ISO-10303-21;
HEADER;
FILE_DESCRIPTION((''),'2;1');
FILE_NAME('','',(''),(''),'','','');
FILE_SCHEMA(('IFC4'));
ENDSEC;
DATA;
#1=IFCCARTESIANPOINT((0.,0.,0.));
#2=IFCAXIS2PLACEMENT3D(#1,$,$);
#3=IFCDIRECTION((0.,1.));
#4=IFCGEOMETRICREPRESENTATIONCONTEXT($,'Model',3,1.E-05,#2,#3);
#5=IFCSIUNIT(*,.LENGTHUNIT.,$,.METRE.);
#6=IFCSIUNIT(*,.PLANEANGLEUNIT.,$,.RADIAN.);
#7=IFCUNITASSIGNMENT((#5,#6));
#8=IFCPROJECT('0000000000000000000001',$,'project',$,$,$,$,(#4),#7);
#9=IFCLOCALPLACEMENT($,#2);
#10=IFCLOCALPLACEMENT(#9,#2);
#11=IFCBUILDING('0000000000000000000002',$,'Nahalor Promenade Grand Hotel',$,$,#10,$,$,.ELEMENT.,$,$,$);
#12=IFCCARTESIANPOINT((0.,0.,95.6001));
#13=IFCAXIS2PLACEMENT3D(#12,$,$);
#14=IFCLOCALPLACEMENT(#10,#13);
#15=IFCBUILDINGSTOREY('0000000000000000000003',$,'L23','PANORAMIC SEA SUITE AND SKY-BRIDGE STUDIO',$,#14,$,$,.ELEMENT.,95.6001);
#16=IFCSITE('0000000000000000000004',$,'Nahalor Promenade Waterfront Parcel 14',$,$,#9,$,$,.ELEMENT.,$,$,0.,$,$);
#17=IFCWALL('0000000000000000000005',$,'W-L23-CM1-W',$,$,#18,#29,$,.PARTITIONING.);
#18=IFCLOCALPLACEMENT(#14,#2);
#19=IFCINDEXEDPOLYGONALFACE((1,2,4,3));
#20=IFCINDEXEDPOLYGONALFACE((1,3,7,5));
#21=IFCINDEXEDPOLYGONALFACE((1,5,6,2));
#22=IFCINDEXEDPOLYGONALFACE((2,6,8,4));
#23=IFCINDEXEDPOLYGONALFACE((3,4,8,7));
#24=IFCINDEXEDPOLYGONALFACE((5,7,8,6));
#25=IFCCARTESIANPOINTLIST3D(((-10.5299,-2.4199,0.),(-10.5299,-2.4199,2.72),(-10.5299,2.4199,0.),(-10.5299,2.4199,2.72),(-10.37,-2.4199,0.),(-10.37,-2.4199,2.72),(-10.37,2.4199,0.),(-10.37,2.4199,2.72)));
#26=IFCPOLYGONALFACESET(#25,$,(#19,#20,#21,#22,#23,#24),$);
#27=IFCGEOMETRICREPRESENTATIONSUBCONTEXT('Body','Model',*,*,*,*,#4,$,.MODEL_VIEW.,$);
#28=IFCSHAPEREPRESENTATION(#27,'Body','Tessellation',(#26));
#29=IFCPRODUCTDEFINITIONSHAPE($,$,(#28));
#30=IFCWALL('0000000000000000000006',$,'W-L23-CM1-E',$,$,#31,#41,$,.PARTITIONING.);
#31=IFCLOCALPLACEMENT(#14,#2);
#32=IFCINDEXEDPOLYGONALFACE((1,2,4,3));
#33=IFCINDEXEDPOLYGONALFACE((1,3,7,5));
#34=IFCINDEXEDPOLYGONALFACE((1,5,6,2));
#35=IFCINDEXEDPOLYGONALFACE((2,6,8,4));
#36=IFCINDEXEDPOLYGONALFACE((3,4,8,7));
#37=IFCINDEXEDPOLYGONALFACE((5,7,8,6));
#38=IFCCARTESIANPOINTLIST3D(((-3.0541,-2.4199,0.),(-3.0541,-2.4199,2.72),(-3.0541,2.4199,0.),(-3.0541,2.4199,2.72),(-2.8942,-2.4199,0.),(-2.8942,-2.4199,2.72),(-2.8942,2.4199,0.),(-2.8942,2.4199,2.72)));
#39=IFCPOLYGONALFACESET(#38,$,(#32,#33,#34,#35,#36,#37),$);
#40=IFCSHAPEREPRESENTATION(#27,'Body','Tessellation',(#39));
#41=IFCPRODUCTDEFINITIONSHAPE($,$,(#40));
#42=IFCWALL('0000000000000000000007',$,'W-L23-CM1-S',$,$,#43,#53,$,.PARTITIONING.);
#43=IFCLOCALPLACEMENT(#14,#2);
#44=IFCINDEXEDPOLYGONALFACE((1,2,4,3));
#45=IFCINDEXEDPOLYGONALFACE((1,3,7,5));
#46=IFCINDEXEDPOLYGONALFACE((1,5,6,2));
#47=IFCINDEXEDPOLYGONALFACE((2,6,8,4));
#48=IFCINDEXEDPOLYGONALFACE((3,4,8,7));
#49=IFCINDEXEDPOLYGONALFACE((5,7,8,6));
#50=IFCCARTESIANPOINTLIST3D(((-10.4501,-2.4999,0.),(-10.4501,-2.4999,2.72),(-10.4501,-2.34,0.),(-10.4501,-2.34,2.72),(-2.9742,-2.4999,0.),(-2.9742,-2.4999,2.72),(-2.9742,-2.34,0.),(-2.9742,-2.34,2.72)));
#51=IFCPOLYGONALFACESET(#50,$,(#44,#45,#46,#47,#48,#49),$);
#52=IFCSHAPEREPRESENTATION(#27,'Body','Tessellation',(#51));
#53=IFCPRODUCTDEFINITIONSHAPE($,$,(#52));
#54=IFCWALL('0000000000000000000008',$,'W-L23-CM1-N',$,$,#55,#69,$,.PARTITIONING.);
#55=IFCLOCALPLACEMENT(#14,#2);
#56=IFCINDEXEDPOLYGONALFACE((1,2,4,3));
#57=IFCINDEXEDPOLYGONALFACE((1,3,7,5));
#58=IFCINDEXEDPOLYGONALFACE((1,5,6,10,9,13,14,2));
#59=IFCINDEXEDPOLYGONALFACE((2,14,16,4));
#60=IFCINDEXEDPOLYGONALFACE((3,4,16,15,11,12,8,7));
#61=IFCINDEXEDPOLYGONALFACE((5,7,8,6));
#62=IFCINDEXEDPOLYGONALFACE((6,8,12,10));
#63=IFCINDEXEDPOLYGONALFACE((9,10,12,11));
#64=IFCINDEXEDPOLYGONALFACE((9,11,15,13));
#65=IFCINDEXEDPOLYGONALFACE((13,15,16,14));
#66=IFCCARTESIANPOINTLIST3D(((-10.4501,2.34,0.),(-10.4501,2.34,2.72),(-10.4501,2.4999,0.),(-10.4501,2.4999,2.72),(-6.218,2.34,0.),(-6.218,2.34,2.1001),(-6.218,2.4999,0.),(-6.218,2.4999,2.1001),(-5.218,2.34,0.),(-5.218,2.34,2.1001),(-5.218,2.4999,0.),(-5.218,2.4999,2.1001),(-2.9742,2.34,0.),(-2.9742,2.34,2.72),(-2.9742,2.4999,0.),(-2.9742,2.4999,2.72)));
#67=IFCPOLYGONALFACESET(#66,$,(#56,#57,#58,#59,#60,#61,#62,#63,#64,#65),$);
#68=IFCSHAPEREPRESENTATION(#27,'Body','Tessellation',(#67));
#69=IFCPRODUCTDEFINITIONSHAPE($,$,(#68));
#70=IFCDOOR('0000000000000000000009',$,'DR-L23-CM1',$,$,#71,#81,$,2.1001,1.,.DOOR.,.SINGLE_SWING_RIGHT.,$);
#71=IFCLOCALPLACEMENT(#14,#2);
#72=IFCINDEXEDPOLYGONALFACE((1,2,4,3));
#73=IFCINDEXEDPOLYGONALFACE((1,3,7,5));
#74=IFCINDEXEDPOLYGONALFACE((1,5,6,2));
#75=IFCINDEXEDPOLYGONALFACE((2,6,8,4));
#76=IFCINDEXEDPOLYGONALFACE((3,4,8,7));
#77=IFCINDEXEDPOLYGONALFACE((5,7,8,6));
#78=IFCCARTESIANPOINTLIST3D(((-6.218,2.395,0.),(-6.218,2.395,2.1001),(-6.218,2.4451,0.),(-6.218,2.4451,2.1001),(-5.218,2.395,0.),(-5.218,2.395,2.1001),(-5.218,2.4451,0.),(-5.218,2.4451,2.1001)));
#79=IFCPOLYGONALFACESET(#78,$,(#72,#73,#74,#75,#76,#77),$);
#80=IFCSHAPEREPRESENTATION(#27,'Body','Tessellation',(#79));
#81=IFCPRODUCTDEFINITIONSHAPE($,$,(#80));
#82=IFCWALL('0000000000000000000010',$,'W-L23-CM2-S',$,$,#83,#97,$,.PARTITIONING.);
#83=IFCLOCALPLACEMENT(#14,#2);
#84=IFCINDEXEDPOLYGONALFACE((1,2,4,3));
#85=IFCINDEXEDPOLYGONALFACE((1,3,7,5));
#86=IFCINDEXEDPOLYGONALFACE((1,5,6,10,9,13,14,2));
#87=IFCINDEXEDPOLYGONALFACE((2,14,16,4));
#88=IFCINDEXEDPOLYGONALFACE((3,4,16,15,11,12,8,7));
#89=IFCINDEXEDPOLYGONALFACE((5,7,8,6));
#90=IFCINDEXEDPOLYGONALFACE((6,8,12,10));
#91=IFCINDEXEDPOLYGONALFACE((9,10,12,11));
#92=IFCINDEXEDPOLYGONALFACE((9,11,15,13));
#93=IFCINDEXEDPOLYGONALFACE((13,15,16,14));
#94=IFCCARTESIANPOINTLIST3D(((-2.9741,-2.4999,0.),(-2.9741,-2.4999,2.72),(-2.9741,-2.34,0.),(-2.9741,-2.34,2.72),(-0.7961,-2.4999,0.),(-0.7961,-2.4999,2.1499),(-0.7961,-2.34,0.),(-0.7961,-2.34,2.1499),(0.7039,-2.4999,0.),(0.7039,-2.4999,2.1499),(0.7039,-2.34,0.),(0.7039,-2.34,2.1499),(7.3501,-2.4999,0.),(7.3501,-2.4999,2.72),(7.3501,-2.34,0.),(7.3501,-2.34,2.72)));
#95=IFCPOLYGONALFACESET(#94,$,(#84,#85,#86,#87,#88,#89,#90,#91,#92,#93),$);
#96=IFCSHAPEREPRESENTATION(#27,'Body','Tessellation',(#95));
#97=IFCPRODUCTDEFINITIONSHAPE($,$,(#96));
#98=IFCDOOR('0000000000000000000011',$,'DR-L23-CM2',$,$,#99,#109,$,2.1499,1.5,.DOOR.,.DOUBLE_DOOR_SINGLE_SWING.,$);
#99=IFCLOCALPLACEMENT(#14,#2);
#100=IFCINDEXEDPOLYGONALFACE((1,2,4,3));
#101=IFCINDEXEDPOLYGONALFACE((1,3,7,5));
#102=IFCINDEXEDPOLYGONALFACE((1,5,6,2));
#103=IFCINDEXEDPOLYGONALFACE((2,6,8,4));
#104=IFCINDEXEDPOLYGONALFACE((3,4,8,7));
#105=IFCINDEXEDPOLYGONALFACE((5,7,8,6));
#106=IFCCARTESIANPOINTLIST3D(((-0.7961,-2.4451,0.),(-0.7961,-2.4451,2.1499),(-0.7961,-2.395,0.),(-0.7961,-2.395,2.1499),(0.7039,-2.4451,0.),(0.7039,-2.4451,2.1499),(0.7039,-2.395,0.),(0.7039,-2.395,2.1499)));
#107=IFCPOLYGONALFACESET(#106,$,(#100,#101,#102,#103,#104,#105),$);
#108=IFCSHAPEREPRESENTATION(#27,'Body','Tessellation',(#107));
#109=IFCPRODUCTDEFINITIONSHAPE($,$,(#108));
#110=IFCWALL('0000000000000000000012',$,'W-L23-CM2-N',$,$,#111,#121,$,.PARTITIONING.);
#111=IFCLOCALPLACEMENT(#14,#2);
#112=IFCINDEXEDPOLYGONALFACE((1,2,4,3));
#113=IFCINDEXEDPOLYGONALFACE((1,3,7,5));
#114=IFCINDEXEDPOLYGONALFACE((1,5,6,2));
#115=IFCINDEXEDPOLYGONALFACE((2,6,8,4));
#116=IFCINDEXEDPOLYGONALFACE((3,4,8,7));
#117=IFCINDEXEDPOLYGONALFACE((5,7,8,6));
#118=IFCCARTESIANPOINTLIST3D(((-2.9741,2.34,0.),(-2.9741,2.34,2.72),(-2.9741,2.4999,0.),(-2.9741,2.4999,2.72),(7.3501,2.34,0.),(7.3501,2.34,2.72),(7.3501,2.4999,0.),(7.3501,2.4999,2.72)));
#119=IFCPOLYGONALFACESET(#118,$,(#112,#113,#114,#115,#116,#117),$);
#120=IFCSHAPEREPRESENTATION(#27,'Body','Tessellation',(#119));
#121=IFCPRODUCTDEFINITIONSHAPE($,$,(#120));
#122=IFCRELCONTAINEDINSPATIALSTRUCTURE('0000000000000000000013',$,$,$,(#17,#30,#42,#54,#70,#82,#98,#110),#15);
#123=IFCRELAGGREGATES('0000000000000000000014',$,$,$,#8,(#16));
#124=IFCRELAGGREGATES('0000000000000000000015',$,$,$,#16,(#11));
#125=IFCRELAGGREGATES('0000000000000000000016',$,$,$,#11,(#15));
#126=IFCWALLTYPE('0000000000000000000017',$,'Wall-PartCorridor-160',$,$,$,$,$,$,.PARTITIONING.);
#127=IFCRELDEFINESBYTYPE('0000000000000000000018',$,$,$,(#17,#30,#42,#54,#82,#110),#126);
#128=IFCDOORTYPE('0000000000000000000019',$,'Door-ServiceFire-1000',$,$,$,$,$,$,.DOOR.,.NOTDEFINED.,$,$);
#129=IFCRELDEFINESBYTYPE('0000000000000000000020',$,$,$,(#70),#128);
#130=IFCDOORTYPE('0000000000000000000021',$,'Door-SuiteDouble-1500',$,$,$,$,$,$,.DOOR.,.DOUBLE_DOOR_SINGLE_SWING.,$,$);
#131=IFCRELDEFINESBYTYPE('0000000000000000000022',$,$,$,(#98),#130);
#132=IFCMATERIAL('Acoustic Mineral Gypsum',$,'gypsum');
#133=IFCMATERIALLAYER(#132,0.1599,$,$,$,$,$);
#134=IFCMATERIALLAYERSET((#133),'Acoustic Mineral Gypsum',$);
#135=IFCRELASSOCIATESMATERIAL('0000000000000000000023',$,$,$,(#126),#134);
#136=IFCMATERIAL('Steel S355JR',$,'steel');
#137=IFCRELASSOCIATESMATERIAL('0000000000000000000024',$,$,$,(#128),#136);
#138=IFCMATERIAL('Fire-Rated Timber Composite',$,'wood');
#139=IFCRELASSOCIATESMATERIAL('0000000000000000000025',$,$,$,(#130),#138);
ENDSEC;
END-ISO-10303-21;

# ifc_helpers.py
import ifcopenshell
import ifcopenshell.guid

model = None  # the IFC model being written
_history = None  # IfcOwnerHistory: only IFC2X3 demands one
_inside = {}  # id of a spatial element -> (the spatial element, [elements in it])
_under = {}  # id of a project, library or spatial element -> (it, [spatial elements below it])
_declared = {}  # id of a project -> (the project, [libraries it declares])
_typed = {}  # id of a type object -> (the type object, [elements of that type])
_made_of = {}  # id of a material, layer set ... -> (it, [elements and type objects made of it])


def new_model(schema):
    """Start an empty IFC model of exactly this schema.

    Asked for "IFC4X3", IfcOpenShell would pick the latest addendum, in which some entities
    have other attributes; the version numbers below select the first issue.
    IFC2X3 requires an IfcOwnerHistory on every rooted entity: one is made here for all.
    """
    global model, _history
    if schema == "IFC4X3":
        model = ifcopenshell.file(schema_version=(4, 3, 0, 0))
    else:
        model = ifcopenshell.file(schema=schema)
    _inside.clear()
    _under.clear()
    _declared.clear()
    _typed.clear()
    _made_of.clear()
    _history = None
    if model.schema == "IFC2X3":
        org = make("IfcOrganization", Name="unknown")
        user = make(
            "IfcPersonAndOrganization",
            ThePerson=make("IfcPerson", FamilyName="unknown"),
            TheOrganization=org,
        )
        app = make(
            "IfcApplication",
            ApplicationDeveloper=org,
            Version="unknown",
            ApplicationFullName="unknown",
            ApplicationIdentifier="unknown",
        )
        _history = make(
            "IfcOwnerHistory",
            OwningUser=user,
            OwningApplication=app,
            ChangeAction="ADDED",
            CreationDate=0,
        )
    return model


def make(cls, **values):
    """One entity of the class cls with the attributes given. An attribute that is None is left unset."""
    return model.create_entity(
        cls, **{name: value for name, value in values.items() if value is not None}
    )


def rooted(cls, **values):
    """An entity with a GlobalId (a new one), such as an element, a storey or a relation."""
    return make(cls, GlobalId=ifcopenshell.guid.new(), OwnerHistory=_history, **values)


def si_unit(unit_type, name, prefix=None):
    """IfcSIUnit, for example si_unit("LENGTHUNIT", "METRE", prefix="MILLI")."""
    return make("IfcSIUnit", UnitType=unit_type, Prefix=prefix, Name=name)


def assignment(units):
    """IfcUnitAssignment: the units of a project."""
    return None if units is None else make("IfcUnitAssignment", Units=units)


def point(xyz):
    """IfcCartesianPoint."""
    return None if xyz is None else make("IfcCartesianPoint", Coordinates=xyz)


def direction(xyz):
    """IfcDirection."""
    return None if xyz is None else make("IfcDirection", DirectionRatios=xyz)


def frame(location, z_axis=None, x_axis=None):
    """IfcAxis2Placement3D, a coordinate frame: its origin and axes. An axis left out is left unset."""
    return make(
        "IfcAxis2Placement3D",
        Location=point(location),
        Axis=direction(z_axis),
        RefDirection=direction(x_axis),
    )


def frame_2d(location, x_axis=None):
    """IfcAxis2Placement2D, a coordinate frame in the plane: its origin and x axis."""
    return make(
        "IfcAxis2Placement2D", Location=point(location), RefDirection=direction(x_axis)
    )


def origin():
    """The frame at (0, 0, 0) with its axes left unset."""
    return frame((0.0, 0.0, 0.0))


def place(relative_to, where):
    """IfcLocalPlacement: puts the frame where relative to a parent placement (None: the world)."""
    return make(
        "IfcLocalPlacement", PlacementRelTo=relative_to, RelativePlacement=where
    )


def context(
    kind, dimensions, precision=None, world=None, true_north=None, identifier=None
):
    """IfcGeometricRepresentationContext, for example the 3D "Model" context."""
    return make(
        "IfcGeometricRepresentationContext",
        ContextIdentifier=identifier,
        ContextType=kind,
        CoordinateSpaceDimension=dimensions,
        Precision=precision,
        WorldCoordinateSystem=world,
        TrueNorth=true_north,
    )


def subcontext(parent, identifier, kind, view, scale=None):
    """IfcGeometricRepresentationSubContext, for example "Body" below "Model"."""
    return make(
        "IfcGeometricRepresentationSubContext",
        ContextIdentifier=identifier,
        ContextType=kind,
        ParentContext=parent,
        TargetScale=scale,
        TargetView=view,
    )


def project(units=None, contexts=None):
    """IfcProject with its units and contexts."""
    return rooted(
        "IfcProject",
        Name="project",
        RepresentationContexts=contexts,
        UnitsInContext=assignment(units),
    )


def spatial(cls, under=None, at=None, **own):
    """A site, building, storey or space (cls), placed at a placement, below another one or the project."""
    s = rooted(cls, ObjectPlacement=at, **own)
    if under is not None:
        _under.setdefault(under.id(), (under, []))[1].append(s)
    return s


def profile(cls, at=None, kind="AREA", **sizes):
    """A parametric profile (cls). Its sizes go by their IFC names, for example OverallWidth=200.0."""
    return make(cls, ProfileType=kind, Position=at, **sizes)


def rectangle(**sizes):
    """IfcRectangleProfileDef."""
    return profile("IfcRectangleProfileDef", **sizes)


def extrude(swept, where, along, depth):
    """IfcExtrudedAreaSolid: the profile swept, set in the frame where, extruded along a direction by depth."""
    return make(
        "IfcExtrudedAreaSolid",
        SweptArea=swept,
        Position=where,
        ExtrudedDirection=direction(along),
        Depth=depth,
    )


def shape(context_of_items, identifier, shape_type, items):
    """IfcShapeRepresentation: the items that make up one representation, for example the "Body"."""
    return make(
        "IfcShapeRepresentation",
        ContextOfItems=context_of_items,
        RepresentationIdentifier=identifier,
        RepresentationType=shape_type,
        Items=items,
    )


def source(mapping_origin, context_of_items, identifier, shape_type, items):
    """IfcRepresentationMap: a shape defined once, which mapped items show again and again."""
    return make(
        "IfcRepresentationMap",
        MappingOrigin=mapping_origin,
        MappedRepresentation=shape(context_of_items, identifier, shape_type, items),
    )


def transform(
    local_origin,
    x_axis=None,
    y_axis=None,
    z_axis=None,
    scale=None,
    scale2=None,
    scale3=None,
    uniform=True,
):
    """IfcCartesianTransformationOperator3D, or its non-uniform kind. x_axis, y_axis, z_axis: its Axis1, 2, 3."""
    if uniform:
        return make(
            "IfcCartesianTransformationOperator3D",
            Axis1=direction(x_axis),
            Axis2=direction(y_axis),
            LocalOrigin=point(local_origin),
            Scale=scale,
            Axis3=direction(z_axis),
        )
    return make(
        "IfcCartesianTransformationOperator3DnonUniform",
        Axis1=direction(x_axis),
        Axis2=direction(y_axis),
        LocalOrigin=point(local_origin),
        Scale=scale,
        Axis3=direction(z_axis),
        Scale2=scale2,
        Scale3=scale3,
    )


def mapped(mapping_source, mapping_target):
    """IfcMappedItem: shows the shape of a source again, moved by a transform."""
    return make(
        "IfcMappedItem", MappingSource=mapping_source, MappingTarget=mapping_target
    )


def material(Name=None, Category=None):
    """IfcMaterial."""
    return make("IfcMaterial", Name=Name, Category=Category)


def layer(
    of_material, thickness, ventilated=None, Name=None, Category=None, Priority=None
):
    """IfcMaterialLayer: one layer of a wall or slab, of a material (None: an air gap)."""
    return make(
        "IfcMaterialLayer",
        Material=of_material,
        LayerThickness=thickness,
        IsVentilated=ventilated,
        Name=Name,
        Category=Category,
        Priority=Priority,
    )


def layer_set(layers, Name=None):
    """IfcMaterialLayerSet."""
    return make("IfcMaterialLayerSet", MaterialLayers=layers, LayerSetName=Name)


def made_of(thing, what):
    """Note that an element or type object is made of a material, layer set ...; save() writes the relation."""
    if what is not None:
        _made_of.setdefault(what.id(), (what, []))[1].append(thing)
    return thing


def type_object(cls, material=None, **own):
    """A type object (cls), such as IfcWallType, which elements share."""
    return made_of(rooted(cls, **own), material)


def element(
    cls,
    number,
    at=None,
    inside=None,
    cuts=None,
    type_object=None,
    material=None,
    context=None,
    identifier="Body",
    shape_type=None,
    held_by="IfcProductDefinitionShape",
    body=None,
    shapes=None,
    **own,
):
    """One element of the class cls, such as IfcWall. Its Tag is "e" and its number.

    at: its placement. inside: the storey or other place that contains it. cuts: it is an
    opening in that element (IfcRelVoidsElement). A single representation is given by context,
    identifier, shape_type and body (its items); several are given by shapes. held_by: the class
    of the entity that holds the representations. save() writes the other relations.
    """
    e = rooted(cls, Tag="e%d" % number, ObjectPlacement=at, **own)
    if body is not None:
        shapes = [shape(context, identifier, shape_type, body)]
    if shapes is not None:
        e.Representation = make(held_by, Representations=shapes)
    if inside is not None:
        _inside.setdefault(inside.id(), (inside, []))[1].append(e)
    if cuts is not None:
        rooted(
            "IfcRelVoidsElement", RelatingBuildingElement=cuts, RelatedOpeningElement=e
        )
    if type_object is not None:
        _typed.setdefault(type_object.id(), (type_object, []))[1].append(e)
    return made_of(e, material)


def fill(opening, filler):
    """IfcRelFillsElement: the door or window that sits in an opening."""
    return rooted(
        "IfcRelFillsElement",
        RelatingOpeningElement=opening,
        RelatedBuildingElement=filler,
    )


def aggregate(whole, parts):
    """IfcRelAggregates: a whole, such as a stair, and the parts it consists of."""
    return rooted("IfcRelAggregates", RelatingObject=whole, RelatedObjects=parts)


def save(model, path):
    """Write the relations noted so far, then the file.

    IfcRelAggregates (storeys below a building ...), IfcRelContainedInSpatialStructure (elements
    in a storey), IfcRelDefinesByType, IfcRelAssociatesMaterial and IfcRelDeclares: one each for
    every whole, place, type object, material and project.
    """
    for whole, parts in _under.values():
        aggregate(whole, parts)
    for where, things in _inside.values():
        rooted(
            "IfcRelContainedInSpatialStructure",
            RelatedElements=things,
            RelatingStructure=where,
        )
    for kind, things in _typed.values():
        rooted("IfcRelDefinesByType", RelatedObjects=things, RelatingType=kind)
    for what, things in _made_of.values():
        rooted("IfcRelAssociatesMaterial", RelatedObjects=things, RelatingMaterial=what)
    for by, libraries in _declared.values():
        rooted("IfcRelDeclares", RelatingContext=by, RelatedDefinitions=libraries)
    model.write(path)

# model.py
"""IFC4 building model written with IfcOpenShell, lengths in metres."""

from ifc_helpers import new_model, si_unit, direction, frame, frame_2d, origin, place, context, subcontext, project, spatial, rectangle, extrude, source, transform, mapped, material, layer, layer_set, type_object, element, fill, save


model = new_model("IFC4")

# Units and contexts
model_context = context("Model", 3, precision=1e-05, world=origin(), true_north=direction((0.0, 1.0)))
body_context = subcontext(model_context, "Body", "Model", "MODEL_VIEW")
ifc_project = project(units=[si_unit("LENGTHUNIT", "METRE"), si_unit("PLANEANGLEUNIT", "RADIAN")], contexts=[model_context])

# Site, building, storey
site_placement = place(None, origin())
site = spatial("IfcSite", under=ifc_project, at=site_placement, Name="Nahalor Promenade Waterfront Parcel 14", CompositionType="ELEMENT", RefElevation=0.0)
building_placement = place(site_placement, origin())
building = spatial("IfcBuilding", under=site, at=building_placement, Name="Nahalor Promenade Grand Hotel", CompositionType="ELEMENT")
storey_placement = place(building_placement, frame((0.0, 0.0, 95.6001)))
storey = spatial("IfcBuildingStorey", under=building, at=storey_placement, Name="L23", Description="PANORAMIC SEA SUITE AND SKY-BRIDGE STUDIO", CompositionType="ELEMENT", Elevation=95.6001)

# Shared definitions
ifc_material_1 = material(Name="Steel S355JR", Category="steel")

# Walls
ifc_material_2 = material(Name="Acoustic Mineral Gypsum", Category="gypsum")
ifc_layer_1 = layer(ifc_material_2, 0.1599)
ifc_layer_set_1 = layer_set([ifc_layer_1], Name="Acoustic Mineral Gypsum")
wall_type_1 = type_object("IfcWallType", Name="Wall-PartCorridor-160", PredefinedType="PARTITIONING", material=ifc_layer_set_1)
shared_shape_1 = source(origin(), body_context, "Body", "SweptSolid", [
    extrude(rectangle(XDim=4.8398, YDim=0.1599, at=frame_2d((2.4199, 0.0))), origin(), (0.0, 0.0, 1.0), 2.72),
])
for number, where, z_axis, x_axis, name in (
    (1, (-10.45, -2.4199, 0.0), (0.0, 0.0, 1.0), (0.0, 1.0, 0.0), "W-L23-CM1-W"),
    (2, (-2.9741, -2.4199, 0.0), (0.0, 0.0, 1.0), (0.0, 1.0, 0.0), "W-L23-CM1-E"),
):
    element("IfcWall", number, at=place(storey_placement, frame(where, z_axis=z_axis, x_axis=x_axis)), inside=storey, type_object=wall_type_1, Name=name, PredefinedType="PARTITIONING", context=body_context, shape_type="MappedRepresentation", body=[
        mapped(shared_shape_1, transform((0.0, 0.0, 0.0), scale=1.0)),
    ])
shared_shape_2 = source(origin(), body_context, "Body", "SweptSolid", [
    extrude(rectangle(XDim=7.4758, YDim=0.1599, at=frame_2d((3.7378, 0.0))), origin(), (0.0, 0.0, 1.0), 2.72),
])
wall_1_placement = place(storey_placement, frame((-10.45, -2.4199, 0.0), z_axis=(0.0, 0.0, 1.0), x_axis=(1.0, 0.0, 0.0)))
element("IfcWall", 3, at=wall_1_placement, inside=storey, type_object=wall_type_1, Name="W-L23-CM1-S", PredefinedType="PARTITIONING", context=body_context, shape_type="MappedRepresentation", body=[
    mapped(shared_shape_2, transform((0.0, 0.0, 0.0), scale=1.0)),
])

# Walls, openings, doors
wall_2_placement = place(storey_placement, frame((-10.45, 2.4199, 0.0), z_axis=(0.0, 0.0, 1.0), x_axis=(1.0, 0.0, 0.0)))
wall_2 = element("IfcWall", 4, at=wall_2_placement, inside=storey, type_object=wall_type_1, Name="W-L23-CM1-N", PredefinedType="PARTITIONING", context=body_context, shape_type="MappedRepresentation", body=[
    mapped(shared_shape_2, transform((0.0, 0.0, 0.0), scale=1.0)),
])
opening_1_placement = place(wall_2_placement, frame((4.2319, 0.0, 0.0)))
opening_1 = element("IfcOpeningElement", 5, at=opening_1_placement, cuts=wall_2, PredefinedType="OPENING", context=body_context, shape_type="SweptSolid", body=[
    extrude(rectangle(XDim=1.0, YDim=2.1001, at=frame_2d((0.5, 1.05))), frame((0.0, 0.0898, 0.0), z_axis=(0.0, -1.0, 0.0), x_axis=(1.0, 0.0, 0.0)), (0.0, 0.0, 1.0), 0.1799),
])
door_type_1 = type_object("IfcDoorType", Name="Door-ServiceFire-1000", OperationType="NOTDEFINED", PredefinedType="DOOR", material=ifc_material_1)
shared_shape_3 = source(origin(), body_context, "Body", "SweptSolid", [
    extrude(rectangle(XDim=1.0, YDim=2.1001, at=frame_2d((0.5, 1.05))), frame((0.0, 0.0249, 0.0), z_axis=(0.0, -1.0, 0.0), x_axis=(1.0, 0.0, 0.0)), (0.0, 0.0, 1.0), 0.05),
])
door_1_placement = place(opening_1_placement, frame((1.0, 0.0, 0.0), z_axis=(0.0, 0.0, 1.0), x_axis=(-1.0, 0.0, 0.0)))
door_1 = element("IfcDoor", 6, at=door_1_placement, inside=storey, type_object=door_type_1, Name="DR-L23-CM1", OperationType="SINGLE_SWING_RIGHT", OverallHeight=2.1001, OverallWidth=1.0, PredefinedType="DOOR", context=body_context, shape_type="MappedRepresentation", body=[
    mapped(shared_shape_3, transform((0.0, 0.0, 0.0), scale=1.0)),
])
fill(opening_1, door_1)
shared_shape_4 = source(origin(), body_context, "Body", "SweptSolid", [
    extrude(rectangle(XDim=10.3242, YDim=0.1599, at=frame_2d((5.1621, 0.0))), origin(), (0.0, 0.0, 1.0), 2.72),
])
wall_3_placement = place(storey_placement, frame((-2.9741, -2.4199, 0.0), z_axis=(0.0, 0.0, 1.0), x_axis=(1.0, 0.0, 0.0)))
wall_3 = element("IfcWall", 7, at=wall_3_placement, inside=storey, type_object=wall_type_1, Name="W-L23-CM2-S", PredefinedType="PARTITIONING", context=body_context, shape_type="MappedRepresentation", body=[
    mapped(shared_shape_4, transform((0.0, 0.0, 0.0), scale=1.0)),
])
opening_2_placement = place(wall_3_placement, frame((2.178, 0.0, 0.0)))
opening_2 = element("IfcOpeningElement", 8, at=opening_2_placement, cuts=wall_3, PredefinedType="OPENING", context=body_context, shape_type="SweptSolid", body=[
    extrude(rectangle(XDim=1.5, YDim=2.1499, at=frame_2d((0.75, 1.075))), frame((0.0, 0.0898, 0.0), z_axis=(0.0, -1.0, 0.0), x_axis=(1.0, 0.0, 0.0)), (0.0, 0.0, 1.0), 0.1799),
])
ifc_material_3 = material(Name="Fire-Rated Timber Composite", Category="wood")
door_type_2 = type_object("IfcDoorType", Name="Door-SuiteDouble-1500", OperationType="DOUBLE_DOOR_SINGLE_SWING", PredefinedType="DOOR", material=ifc_material_3)
shared_shape_5 = source(origin(), body_context, "Body", "SweptSolid", [
    extrude(rectangle(XDim=1.5, YDim=2.1499, at=frame_2d((0.75, 1.075))), frame((0.0, 0.0249, 0.0), z_axis=(0.0, -1.0, 0.0), x_axis=(1.0, 0.0, 0.0)), (0.0, 0.0, 1.0), 0.05),
])
door_2_placement = place(opening_2_placement, origin())
door_2 = element("IfcDoor", 9, at=door_2_placement, inside=storey, type_object=door_type_2, Name="DR-L23-CM2", OperationType="DOUBLE_DOOR_SINGLE_SWING", OverallHeight=2.1499, OverallWidth=1.5, PredefinedType="DOOR", context=body_context, shape_type="MappedRepresentation", body=[
    mapped(shared_shape_5, transform((0.0, 0.0, 0.0), scale=1.0)),
])
fill(opening_2, door_2)

# Wall
wall_4_placement = place(storey_placement, frame((-2.9741, 2.4199, 0.0), z_axis=(0.0, 0.0, 1.0), x_axis=(1.0, 0.0, 0.0)))
element("IfcWall", 10, at=wall_4_placement, inside=storey, type_object=wall_type_1, Name="W-L23-CM2-N", PredefinedType="PARTITIONING", context=body_context, shape_type="MappedRepresentation", body=[
    mapped(shared_shape_4, transform((0.0, 0.0, 0.0), scale=1.0)),
])

save(model, "model.ifc")
